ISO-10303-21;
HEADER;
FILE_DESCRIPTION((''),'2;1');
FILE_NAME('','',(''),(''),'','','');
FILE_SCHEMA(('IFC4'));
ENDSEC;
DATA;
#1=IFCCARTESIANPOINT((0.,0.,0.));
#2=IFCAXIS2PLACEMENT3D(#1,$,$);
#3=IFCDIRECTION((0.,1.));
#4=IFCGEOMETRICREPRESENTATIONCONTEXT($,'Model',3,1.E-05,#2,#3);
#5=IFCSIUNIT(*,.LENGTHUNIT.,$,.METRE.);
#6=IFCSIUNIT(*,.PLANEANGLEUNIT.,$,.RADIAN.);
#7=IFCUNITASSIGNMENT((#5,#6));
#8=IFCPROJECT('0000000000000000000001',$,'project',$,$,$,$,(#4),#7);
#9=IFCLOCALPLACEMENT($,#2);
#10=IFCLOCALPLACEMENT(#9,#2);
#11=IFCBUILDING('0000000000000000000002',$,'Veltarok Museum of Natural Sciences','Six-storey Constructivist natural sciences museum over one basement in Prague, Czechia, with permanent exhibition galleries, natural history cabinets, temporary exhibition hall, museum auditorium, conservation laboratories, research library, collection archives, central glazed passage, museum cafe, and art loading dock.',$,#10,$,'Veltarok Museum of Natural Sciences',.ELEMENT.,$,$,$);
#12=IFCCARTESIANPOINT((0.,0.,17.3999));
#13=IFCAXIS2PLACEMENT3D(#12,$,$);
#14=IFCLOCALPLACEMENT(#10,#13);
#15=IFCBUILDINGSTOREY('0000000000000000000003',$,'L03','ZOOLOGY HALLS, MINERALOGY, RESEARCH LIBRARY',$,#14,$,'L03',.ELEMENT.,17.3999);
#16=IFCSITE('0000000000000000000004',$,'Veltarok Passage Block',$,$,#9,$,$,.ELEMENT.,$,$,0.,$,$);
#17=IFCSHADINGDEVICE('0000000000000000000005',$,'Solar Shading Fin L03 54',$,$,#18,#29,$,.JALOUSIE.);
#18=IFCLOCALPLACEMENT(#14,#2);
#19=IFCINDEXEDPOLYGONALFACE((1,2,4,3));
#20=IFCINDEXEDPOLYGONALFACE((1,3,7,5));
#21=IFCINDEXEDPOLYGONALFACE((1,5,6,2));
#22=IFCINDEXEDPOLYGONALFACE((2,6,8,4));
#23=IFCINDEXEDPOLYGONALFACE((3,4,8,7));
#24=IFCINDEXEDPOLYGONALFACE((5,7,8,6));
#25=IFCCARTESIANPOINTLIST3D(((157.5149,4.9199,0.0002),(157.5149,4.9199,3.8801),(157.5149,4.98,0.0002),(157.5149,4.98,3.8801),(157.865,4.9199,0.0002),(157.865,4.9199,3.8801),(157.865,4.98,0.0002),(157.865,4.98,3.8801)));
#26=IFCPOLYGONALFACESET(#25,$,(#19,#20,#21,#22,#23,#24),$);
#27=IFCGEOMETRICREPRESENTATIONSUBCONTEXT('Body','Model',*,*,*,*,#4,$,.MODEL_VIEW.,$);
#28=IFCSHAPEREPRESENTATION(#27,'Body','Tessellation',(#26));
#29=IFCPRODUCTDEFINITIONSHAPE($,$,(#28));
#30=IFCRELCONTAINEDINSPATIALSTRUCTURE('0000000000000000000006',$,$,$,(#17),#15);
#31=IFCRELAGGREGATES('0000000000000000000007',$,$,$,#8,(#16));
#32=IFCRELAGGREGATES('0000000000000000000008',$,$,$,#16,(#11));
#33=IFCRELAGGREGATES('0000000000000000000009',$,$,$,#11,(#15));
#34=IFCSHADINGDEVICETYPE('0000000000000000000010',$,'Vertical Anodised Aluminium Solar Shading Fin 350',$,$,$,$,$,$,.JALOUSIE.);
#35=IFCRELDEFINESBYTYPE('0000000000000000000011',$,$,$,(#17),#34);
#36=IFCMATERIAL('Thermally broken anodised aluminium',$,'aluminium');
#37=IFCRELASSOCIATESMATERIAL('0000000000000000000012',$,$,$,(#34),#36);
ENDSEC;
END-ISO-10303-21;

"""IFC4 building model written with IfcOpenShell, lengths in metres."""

from ifc_helpers import new_model, si_unit, direction, frame, origin, origin_2d, place, context, subcontext, project, spatial, rectangle, extrude, material, type_object, element, save


model = new_model("IFC4")

# Units and contexts
model_context = context("Model", 3, precision=1e-05, world=origin(), true_north=direction((0.0, 1.0)))
body_context = subcontext(model_context, "Body", "Model", "MODEL_VIEW")
ifc_project = project(units=[si_unit("LENGTHUNIT", "METRE"), si_unit("PLANEANGLEUNIT", "RADIAN")], contexts=[model_context])

# Site, building, storey
site_placement = place(None, origin())
site = spatial("IfcSite", under=ifc_project, at=site_placement, Name="Veltarok Passage Block", CompositionType="ELEMENT", RefElevation=0.0)
building_placement = place(site_placement, origin())
building = spatial("IfcBuilding", under=site, at=building_placement, Name="Veltarok Museum of Natural Sciences", Description="Six-storey Constructivist natural sciences museum over one basement in Prague, Czechia, with permanent exhibition galleries, natural history cabinets, temporary exhibition hall, museum auditorium, conservation laboratories, research library, collection archives, central glazed passage, museum cafe, and art loading dock.", LongName="Veltarok Museum of Natural Sciences", CompositionType="ELEMENT")
storey_placement = place(building_placement, frame((0.0, 0.0, 17.3999)))
storey = spatial("IfcBuildingStorey", under=building, at=storey_placement, Name="L03", Description="ZOOLOGY HALLS, MINERALOGY, RESEARCH LIBRARY", LongName="L03", CompositionType="ELEMENT", Elevation=17.3999)

# Shared definitions
ifc_material_1 = material(Name="Thermally broken anodised aluminium", Category="aluminium")

# Shading device
shading_device_type = type_object("IfcShadingDeviceType", Name="Vertical Anodised Aluminium Solar Shading Fin 350", PredefinedType="JALOUSIE", material=ifc_material_1)
for number, where, z_axis, x_axis, name in (
    (1, (157.6899, 4.95, 0.0002), (0.0, 0.0, 1.0), (1.0, 0.0, 0.0), "Solar Shading Fin L03 54"),
):
    element("IfcShadingDevice", number, at=place(storey_placement, frame(where, z_axis=z_axis, x_axis=x_axis)), inside=storey, type_object=shading_device_type, Name=name, PredefinedType="JALOUSIE", context=body_context, shape_type="SweptSolid", body=[
        extrude(rectangle(XDim=0.3501, YDim=0.0601, at=origin_2d()), origin(), (0.0, 0.0, 1.0), 3.8799),
    ])

save(model, "model.ifc")
